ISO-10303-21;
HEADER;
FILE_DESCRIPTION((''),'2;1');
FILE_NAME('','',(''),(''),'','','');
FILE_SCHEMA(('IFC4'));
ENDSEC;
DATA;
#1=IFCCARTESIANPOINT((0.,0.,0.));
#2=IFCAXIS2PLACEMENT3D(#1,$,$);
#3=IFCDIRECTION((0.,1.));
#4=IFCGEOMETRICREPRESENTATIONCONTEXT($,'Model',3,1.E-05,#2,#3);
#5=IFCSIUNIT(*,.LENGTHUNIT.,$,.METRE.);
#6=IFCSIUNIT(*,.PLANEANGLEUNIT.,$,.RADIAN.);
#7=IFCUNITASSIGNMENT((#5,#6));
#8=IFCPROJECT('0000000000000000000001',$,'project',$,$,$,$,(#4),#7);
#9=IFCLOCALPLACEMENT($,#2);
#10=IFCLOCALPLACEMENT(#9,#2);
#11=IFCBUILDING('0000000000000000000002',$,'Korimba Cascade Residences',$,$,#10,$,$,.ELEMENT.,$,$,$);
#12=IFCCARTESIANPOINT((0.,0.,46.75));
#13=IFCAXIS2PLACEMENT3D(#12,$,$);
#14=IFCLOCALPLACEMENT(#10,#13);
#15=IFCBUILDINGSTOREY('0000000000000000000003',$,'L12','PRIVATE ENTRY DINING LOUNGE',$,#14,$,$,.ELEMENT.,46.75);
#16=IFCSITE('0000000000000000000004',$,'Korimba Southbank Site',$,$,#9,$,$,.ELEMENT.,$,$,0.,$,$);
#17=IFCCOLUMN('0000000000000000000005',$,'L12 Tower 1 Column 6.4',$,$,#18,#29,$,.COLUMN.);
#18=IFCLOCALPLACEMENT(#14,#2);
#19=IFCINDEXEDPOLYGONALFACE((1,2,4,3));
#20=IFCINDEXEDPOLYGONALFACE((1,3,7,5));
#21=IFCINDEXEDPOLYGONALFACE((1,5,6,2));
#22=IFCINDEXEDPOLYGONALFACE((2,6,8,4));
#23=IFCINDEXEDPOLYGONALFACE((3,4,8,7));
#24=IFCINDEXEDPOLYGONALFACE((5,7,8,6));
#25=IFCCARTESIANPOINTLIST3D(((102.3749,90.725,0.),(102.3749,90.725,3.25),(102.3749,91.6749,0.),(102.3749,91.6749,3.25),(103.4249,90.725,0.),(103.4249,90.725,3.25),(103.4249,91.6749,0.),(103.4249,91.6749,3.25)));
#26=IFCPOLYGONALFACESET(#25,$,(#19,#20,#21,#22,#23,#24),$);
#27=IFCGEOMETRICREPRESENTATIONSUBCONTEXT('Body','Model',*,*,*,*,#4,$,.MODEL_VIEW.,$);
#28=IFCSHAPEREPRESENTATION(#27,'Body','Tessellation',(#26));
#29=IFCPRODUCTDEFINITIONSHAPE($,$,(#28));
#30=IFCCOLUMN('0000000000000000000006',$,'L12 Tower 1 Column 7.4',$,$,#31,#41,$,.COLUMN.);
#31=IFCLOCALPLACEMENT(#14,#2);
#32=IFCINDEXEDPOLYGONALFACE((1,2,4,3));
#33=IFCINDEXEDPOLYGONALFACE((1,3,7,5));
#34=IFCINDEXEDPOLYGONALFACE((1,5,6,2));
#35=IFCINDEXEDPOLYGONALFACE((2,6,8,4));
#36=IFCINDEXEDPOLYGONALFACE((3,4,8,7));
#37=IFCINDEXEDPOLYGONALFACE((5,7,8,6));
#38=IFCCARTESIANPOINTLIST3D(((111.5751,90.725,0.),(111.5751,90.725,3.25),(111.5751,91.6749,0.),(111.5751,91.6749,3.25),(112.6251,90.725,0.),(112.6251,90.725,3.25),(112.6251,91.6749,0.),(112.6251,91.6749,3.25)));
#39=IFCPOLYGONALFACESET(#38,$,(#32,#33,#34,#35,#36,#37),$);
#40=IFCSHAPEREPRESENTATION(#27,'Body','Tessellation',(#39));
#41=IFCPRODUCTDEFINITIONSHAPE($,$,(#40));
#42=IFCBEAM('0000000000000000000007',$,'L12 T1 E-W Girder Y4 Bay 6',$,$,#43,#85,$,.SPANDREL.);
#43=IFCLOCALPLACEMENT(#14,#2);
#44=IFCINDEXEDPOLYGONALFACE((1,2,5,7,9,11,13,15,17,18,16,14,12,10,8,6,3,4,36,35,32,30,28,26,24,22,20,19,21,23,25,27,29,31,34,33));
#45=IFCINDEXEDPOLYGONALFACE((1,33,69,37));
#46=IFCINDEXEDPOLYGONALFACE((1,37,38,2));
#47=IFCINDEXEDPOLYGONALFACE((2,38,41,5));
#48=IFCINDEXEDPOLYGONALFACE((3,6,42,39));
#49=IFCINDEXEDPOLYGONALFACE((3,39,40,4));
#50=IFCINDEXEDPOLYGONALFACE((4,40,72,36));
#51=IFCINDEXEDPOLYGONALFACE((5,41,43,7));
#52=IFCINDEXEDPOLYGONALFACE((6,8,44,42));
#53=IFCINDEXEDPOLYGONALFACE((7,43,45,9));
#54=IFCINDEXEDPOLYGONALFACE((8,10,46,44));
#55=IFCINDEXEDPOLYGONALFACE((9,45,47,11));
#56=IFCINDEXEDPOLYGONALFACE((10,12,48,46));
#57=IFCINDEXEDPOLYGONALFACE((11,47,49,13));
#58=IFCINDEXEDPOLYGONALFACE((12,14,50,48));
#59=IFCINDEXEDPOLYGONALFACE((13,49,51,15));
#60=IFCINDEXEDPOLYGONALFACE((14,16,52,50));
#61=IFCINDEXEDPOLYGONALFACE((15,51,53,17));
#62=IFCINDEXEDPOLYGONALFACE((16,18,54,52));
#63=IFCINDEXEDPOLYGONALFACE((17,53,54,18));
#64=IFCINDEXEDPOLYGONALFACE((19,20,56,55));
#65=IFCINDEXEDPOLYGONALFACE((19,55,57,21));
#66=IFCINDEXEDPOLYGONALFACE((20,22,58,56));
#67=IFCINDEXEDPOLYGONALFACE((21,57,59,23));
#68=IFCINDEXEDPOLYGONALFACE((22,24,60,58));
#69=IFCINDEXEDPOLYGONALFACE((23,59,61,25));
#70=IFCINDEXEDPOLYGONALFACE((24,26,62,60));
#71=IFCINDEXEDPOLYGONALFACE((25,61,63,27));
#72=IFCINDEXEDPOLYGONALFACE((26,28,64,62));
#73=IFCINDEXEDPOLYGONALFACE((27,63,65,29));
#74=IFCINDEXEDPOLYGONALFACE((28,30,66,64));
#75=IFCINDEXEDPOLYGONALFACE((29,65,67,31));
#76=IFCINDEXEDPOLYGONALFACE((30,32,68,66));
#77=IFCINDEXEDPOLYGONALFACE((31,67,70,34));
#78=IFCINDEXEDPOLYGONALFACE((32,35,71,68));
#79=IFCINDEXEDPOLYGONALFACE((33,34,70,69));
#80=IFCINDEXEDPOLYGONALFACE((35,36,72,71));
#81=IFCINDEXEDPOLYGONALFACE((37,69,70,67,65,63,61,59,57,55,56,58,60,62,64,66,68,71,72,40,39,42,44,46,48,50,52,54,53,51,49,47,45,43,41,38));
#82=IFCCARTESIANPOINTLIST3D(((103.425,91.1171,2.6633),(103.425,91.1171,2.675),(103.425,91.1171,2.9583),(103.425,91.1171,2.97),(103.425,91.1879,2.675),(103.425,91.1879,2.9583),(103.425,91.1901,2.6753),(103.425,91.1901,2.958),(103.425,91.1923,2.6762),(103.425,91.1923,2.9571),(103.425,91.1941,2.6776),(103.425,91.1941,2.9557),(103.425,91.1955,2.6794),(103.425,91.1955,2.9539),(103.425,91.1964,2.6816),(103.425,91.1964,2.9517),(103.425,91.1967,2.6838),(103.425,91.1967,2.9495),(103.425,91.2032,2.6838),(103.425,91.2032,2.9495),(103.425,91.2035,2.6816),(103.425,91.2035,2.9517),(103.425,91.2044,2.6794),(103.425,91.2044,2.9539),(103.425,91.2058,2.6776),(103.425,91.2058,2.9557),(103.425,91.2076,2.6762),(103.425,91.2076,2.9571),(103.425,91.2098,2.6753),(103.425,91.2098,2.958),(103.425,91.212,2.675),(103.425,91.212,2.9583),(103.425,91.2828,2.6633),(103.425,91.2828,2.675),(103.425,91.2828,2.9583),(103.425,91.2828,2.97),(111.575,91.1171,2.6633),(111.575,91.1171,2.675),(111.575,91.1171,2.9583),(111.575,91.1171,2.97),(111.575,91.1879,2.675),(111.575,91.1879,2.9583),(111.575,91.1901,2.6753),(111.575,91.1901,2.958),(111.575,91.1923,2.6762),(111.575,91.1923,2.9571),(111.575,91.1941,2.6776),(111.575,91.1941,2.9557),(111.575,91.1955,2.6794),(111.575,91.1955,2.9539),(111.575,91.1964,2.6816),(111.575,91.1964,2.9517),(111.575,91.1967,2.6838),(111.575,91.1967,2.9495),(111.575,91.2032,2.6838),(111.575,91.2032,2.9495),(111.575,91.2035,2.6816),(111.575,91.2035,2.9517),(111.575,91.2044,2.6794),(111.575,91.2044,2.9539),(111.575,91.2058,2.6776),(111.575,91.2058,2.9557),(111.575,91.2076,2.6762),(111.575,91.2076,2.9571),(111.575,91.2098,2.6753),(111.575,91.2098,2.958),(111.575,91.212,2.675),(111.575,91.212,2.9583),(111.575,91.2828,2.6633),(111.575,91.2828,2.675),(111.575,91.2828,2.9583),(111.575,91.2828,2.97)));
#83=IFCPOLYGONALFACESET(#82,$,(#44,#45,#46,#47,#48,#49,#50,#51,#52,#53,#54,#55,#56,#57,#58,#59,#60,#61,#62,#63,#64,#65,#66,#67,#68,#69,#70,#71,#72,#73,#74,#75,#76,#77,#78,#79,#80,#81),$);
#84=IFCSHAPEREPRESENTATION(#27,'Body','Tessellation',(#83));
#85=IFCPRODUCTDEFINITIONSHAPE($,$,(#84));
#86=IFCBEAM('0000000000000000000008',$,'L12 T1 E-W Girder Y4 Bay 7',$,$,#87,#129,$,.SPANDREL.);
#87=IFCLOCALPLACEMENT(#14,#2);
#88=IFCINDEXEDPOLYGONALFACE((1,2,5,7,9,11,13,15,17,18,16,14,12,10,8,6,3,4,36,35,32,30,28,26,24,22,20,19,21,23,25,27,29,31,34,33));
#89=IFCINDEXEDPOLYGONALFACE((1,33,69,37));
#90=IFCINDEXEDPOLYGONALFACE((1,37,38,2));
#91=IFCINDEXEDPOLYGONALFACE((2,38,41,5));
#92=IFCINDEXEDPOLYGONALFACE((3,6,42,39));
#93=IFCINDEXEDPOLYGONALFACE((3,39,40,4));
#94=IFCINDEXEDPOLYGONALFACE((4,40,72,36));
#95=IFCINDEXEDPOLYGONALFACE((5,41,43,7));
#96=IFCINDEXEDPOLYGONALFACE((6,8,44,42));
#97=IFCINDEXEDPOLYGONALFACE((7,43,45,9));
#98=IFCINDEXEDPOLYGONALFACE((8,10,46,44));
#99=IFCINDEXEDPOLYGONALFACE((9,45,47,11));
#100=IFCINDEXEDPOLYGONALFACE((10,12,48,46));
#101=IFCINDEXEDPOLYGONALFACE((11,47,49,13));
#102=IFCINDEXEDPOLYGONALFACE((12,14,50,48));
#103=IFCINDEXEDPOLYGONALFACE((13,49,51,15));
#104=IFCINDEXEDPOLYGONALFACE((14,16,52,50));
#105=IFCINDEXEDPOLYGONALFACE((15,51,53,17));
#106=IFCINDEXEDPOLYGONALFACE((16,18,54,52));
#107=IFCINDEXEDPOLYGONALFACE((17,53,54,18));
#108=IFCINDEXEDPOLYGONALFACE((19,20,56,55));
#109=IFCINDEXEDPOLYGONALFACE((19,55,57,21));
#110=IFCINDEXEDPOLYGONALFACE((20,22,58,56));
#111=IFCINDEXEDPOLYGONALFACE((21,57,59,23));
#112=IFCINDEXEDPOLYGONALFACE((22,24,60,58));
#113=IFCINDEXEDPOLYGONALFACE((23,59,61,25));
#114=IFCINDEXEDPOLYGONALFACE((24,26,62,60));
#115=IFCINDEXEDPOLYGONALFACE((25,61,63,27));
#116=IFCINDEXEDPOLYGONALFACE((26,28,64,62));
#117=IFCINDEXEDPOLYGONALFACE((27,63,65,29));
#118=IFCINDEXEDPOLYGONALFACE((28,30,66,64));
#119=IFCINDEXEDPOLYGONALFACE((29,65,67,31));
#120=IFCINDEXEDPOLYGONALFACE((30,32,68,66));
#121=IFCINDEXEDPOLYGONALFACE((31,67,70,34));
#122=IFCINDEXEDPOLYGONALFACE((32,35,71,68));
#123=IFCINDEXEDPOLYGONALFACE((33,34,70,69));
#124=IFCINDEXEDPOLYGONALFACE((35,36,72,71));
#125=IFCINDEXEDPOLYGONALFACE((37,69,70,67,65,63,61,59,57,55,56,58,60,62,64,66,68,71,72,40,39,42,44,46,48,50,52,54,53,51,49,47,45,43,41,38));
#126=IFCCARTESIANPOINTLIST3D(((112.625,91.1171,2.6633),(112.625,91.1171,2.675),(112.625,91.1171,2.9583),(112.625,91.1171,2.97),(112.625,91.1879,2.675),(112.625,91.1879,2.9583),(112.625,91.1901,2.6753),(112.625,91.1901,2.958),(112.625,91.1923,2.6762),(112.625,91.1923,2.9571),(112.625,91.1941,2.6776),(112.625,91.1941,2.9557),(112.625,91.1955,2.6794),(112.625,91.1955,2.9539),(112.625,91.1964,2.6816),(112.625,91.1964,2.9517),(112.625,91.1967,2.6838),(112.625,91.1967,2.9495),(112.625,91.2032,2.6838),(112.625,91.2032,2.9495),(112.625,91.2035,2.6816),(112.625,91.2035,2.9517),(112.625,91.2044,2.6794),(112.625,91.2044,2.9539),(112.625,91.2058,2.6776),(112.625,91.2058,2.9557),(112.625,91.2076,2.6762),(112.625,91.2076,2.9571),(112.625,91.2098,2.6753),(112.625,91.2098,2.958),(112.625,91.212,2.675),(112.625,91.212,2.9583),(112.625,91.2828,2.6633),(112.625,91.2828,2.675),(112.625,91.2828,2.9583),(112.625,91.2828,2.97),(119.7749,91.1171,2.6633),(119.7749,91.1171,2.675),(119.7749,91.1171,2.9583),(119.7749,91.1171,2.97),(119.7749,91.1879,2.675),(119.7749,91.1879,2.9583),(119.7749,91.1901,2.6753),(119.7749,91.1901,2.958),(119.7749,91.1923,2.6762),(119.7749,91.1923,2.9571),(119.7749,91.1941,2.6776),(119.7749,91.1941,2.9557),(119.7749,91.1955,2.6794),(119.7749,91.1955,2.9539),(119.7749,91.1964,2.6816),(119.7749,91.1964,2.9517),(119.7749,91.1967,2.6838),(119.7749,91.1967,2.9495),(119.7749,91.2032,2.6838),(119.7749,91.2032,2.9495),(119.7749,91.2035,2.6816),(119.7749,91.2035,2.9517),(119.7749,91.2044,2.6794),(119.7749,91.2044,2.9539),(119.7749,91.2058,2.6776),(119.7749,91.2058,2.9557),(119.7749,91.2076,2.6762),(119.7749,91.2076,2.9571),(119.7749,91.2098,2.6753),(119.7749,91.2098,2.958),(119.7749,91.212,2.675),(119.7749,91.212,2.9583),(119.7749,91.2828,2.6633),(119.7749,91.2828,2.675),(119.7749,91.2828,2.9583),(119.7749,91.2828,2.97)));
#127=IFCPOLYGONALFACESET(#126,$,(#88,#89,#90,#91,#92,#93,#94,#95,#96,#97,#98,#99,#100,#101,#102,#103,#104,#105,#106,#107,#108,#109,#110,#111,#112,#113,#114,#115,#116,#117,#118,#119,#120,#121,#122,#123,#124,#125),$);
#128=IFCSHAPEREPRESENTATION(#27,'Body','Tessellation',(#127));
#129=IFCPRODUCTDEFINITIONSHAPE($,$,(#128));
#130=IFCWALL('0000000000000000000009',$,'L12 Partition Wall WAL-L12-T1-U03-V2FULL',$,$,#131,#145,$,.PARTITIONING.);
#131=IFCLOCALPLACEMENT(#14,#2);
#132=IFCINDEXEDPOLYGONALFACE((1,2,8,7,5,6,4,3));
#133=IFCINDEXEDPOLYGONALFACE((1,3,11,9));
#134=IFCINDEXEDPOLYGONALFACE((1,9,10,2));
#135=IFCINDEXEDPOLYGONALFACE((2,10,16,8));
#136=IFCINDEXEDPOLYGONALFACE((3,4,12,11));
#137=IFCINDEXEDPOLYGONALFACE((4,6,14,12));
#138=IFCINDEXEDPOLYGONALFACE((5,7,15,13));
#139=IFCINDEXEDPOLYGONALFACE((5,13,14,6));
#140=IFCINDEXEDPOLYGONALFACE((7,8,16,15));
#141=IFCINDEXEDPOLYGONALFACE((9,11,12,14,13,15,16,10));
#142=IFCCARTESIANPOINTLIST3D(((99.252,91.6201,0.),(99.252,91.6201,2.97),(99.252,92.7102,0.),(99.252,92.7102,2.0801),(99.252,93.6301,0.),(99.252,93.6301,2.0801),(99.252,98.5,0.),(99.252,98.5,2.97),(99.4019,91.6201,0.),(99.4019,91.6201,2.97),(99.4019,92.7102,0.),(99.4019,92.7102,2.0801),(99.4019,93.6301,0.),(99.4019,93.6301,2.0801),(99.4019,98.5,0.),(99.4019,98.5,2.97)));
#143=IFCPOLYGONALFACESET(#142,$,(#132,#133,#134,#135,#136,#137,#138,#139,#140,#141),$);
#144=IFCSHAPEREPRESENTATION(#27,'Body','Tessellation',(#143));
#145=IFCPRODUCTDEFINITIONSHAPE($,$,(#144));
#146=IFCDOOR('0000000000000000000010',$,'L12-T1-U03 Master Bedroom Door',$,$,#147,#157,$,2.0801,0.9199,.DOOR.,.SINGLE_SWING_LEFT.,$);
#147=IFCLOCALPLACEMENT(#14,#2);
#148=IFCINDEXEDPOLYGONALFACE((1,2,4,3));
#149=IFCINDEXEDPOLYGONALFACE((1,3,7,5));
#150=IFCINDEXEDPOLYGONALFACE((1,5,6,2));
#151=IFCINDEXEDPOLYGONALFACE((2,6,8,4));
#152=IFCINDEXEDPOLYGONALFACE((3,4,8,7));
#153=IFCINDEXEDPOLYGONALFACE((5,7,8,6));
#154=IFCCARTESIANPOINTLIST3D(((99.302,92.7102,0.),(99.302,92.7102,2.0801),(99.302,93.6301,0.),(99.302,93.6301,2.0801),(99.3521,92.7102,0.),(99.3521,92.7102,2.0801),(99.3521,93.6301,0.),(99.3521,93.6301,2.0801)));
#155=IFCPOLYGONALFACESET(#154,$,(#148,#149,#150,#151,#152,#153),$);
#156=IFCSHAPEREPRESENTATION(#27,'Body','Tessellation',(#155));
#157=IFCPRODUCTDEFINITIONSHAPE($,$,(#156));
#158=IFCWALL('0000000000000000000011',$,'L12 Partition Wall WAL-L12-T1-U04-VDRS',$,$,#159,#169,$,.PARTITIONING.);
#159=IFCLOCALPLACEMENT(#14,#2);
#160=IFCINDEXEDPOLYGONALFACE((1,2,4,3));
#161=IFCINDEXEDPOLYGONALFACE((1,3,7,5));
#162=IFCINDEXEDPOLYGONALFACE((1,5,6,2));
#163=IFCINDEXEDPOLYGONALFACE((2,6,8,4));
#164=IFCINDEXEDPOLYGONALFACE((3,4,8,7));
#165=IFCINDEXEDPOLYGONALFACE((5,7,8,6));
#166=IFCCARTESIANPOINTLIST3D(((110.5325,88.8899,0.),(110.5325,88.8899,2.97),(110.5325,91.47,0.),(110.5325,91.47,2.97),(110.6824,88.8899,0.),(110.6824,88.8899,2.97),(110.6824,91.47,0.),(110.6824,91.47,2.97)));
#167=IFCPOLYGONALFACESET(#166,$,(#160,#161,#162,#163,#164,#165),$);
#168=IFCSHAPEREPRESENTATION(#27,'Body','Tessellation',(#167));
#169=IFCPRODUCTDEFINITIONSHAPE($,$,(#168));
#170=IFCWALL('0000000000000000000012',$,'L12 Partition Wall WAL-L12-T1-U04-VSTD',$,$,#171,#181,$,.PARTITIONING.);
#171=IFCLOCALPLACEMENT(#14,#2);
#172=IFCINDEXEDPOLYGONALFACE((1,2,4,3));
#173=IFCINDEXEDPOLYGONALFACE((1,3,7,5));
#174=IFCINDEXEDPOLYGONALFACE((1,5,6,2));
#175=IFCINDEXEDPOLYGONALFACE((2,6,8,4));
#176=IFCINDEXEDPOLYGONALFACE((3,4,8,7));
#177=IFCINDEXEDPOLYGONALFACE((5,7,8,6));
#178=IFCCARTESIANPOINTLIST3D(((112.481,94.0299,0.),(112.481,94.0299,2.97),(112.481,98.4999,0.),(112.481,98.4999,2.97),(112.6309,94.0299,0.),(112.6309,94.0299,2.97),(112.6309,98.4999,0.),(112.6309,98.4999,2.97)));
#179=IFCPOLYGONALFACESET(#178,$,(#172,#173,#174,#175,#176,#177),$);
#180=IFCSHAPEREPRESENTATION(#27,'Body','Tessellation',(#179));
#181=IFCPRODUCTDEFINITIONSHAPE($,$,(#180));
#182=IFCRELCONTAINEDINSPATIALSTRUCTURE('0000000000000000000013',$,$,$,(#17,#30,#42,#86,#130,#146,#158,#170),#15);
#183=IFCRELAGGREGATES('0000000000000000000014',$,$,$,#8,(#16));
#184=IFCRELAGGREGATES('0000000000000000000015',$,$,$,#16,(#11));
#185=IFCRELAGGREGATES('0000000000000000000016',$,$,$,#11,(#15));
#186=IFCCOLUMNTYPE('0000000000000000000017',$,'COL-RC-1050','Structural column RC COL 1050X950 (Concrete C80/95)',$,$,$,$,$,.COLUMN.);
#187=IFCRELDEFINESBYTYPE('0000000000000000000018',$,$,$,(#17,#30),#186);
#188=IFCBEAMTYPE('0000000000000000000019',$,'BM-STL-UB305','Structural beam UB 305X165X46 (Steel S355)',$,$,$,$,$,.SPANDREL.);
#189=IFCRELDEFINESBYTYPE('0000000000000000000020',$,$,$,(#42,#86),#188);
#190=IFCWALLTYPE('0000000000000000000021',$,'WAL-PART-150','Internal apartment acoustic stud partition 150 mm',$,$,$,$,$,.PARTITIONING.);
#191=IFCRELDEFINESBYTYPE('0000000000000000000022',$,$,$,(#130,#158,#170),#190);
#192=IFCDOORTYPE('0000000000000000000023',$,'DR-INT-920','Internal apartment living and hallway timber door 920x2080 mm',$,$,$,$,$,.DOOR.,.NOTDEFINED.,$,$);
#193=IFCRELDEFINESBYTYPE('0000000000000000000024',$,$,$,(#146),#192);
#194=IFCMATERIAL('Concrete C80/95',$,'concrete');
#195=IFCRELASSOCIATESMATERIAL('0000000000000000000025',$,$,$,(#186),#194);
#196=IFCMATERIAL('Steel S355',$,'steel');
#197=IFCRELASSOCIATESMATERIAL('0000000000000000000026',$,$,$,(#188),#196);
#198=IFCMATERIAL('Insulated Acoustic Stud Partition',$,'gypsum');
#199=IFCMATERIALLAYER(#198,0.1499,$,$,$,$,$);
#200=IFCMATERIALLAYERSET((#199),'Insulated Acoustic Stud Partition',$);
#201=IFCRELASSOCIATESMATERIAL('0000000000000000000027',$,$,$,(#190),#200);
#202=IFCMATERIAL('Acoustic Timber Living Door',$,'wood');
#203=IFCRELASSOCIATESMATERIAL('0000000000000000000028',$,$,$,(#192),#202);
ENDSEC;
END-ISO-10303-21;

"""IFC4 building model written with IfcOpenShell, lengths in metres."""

from ifc_helpers import new_model, si_unit, direction, frame, frame_2d, origin, origin_2d, place, context, subcontext, project, spatial, rectangle, i_section, extrude, material, layer, layer_set, material_profile, profile_set, type_object, element, fill, save


model = new_model("IFC4")

# Units and contexts
model_context = context("Model", 3, precision=1e-05, world=origin(), true_north=direction((0.0, 1.0)))
body_context = subcontext(model_context, "Body", "Model", "MODEL_VIEW")
ifc_project = project(units=[si_unit("LENGTHUNIT", "METRE"), si_unit("PLANEANGLEUNIT", "RADIAN")], contexts=[model_context])

# Site, building, storey
site_placement = place(None, origin())
site = spatial("IfcSite", under=ifc_project, at=site_placement, Name="Korimba Southbank Site", CompositionType="ELEMENT", RefElevation=0.0)
building_placement = place(site_placement, origin())
building = spatial("IfcBuilding", under=site, at=building_placement, Name="Korimba Cascade Residences", CompositionType="ELEMENT")
storey_placement = place(building_placement, frame((0.0, 0.0, 46.75)))
storey = spatial("IfcBuildingStorey", under=building, at=storey_placement, Name="L12", Description="PRIVATE ENTRY DINING LOUNGE", CompositionType="ELEMENT", Elevation=46.75)

# Columns
ifc_material_1 = material(Name="Concrete C80/95", Category="concrete")
ifc_material_profile_1 = material_profile(ifc_material_1, rectangle(XDim=1.05, YDim=0.95, at=origin_2d()), Name="Concrete C80/95")
ifc_profile_set_1 = profile_set([ifc_material_profile_1], Name="Concrete C80/95")
column_type = type_object("IfcColumnType", Name="COL-RC-1050", Description="Structural column RC COL 1050X950 (Concrete C80/95)", PredefinedType="COLUMN", material=ifc_profile_set_1)
for number, where, z_axis, x_axis, name in (
    (1, (102.8999, 91.2, 0.0), (0.0, 0.0, 1.0), (1.0, 0.0, 0.0), "L12 Tower 1 Column 6.4"),
    (2, (112.1001, 91.2, 0.0), (0.0, 0.0, 1.0), (1.0, 0.0, 0.0), "L12 Tower 1 Column 7.4"),
):
    element("IfcColumn", number, at=place(storey_placement, frame(where, z_axis=z_axis, x_axis=x_axis)), inside=storey, type_object=column_type, Name=name, PredefinedType="COLUMN", context=body_context, shape_type="SweptSolid", body=[
        extrude(rectangle(XDim=1.05, YDim=0.95, at=origin_2d()), origin(), (0.0, 0.0, 1.0), 3.25),
    ])

# Beams
ifc_material_2 = material(Name="Steel S355", Category="steel")
ifc_material_profile_2 = material_profile(ifc_material_2, i_section(OverallWidth=0.1658, OverallDepth=0.3066, WebThickness=0.0066, FlangeThickness=0.0117, FilletRadius=0.0088, at=origin_2d()), Name="Steel S355")
ifc_profile_set_2 = profile_set([ifc_material_profile_2], Name="Steel S355")
beam_type = type_object("IfcBeamType", Name="BM-STL-UB305", Description="Structural beam UB 305X165X46 (Steel S355)", PredefinedType="SPANDREL", material=ifc_profile_set_2)
beam_1_placement = place(storey_placement, frame((103.425, 91.2, 2.8167), z_axis=(1.0, 0.0, 0.0), x_axis=(0.0, 1.0, 0.0)))
element("IfcBeam", 3, at=beam_1_placement, inside=storey, type_object=beam_type, Name="L12 T1 E-W Girder Y4 Bay 6", PredefinedType="SPANDREL", context=body_context, shape_type="SweptSolid", body=[
    extrude(i_section(OverallWidth=0.1658, OverallDepth=0.3066, WebThickness=0.0066, FlangeThickness=0.0117, FilletRadius=0.0088, at=origin_2d()), origin(), (0.0, 0.0, 1.0), 8.1499),
])
beam_2_placement = place(storey_placement, frame((112.625, 91.2, 2.8167), z_axis=(1.0, 0.0, 0.0), x_axis=(0.0, 1.0, 0.0)))
element("IfcBeam", 4, at=beam_2_placement, inside=storey, type_object=beam_type, Name="L12 T1 E-W Girder Y4 Bay 7", PredefinedType="SPANDREL", context=body_context, shape_type="SweptSolid", body=[
    extrude(i_section(OverallWidth=0.1658, OverallDepth=0.3066, WebThickness=0.0066, FlangeThickness=0.0117, FilletRadius=0.0088, at=origin_2d()), origin(), (0.0, 0.0, 1.0), 7.1499),
])

# Wall, opening, door
ifc_material_3 = material(Name="Insulated Acoustic Stud Partition", Category="gypsum")
ifc_layer = layer(ifc_material_3, 0.1499)
ifc_layer_set = layer_set([ifc_layer], Name="Insulated Acoustic Stud Partition")
wall_type = type_object("IfcWallType", Name="WAL-PART-150", Description="Internal apartment acoustic stud partition 150 mm", PredefinedType="PARTITIONING", material=ifc_layer_set)
wall_1_placement = place(storey_placement, frame((99.3269, 91.6201, 0.0), z_axis=(0.0, 0.0, 1.0), x_axis=(0.0, 1.0, 0.0)))
wall_1 = element("IfcWall", 5, at=wall_1_placement, inside=storey, type_object=wall_type, Name="L12 Partition Wall WAL-L12-T1-U03-V2FULL", PredefinedType="PARTITIONING", context=body_context, shape_type="SweptSolid", body=[
    extrude(rectangle(XDim=6.8799, YDim=0.1499, at=frame_2d((3.4399, 0.0))), origin(), (0.0, 0.0, 1.0), 2.97),
])
opening_1_placement = place(wall_1_placement, frame((1.0901, 0.0, 0.0)))
opening_1 = element("IfcOpeningElement", 6, at=opening_1_placement, cuts=wall_1, PredefinedType="OPENING", context=body_context, shape_type="SweptSolid", body=[
    extrude(rectangle(XDim=0.9199, YDim=2.0801, at=frame_2d((0.46, 1.04))), frame((0.0, 0.085, 0.0), z_axis=(0.0, -1.0, 0.0), x_axis=(1.0, 0.0, 0.0)), (0.0, 0.0, 1.0), 0.1699),
])
ifc_material_4 = material(Name="Acoustic Timber Living Door", Category="wood")
door_type_1 = type_object("IfcDoorType", Name="DR-INT-920", Description="Internal apartment living and hallway timber door 920x2080 mm", OperationType="NOTDEFINED", PredefinedType="DOOR", material=ifc_material_4)
door_1_placement = place(opening_1_placement, origin())
door_1 = element("IfcDoor", 7, at=door_1_placement, inside=storey, type_object=door_type_1, Name="L12-T1-U03 Master Bedroom Door", OperationType="SINGLE_SWING_LEFT", OverallHeight=2.0801, OverallWidth=0.9199, PredefinedType="DOOR", context=body_context, shape_type="SweptSolid", body=[
    extrude(rectangle(XDim=0.9199, YDim=2.0801, at=frame_2d((0.46, 1.04))), frame((0.0, 0.0249, 0.0), z_axis=(0.0, -1.0, 0.0), x_axis=(1.0, 0.0, 0.0)), (0.0, 0.0, 1.0), 0.05),
])
fill(opening_1, door_1)

# Walls
wall_2_placement = place(storey_placement, frame((110.6074, 88.8899, 0.0), z_axis=(0.0, 0.0, 1.0), x_axis=(0.0, 1.0, 0.0)))
element("IfcWall", 8, at=wall_2_placement, inside=storey, type_object=wall_type, Name="L12 Partition Wall WAL-L12-T1-U04-VDRS", PredefinedType="PARTITIONING", context=body_context, shape_type="SweptSolid", body=[
    extrude(rectangle(XDim=2.5801, YDim=0.1499, at=frame_2d((1.29, 0.0))), origin(), (0.0, 0.0, 1.0), 2.97),
])
wall_3_placement = place(storey_placement, frame((112.5559, 94.03, 0.0), z_axis=(0.0, 0.0, 1.0), x_axis=(0.0, 1.0, 0.0)))
element("IfcWall", 9, at=wall_3_placement, inside=storey, type_object=wall_type, Name="L12 Partition Wall WAL-L12-T1-U04-VSTD", PredefinedType="PARTITIONING", context=body_context, shape_type="SweptSolid", body=[
    extrude(rectangle(XDim=4.47, YDim=0.1499, at=frame_2d((2.2349, 0.0))), origin(), (0.0, 0.0, 1.0), 2.97),
])

save(model, "model.ifc")
